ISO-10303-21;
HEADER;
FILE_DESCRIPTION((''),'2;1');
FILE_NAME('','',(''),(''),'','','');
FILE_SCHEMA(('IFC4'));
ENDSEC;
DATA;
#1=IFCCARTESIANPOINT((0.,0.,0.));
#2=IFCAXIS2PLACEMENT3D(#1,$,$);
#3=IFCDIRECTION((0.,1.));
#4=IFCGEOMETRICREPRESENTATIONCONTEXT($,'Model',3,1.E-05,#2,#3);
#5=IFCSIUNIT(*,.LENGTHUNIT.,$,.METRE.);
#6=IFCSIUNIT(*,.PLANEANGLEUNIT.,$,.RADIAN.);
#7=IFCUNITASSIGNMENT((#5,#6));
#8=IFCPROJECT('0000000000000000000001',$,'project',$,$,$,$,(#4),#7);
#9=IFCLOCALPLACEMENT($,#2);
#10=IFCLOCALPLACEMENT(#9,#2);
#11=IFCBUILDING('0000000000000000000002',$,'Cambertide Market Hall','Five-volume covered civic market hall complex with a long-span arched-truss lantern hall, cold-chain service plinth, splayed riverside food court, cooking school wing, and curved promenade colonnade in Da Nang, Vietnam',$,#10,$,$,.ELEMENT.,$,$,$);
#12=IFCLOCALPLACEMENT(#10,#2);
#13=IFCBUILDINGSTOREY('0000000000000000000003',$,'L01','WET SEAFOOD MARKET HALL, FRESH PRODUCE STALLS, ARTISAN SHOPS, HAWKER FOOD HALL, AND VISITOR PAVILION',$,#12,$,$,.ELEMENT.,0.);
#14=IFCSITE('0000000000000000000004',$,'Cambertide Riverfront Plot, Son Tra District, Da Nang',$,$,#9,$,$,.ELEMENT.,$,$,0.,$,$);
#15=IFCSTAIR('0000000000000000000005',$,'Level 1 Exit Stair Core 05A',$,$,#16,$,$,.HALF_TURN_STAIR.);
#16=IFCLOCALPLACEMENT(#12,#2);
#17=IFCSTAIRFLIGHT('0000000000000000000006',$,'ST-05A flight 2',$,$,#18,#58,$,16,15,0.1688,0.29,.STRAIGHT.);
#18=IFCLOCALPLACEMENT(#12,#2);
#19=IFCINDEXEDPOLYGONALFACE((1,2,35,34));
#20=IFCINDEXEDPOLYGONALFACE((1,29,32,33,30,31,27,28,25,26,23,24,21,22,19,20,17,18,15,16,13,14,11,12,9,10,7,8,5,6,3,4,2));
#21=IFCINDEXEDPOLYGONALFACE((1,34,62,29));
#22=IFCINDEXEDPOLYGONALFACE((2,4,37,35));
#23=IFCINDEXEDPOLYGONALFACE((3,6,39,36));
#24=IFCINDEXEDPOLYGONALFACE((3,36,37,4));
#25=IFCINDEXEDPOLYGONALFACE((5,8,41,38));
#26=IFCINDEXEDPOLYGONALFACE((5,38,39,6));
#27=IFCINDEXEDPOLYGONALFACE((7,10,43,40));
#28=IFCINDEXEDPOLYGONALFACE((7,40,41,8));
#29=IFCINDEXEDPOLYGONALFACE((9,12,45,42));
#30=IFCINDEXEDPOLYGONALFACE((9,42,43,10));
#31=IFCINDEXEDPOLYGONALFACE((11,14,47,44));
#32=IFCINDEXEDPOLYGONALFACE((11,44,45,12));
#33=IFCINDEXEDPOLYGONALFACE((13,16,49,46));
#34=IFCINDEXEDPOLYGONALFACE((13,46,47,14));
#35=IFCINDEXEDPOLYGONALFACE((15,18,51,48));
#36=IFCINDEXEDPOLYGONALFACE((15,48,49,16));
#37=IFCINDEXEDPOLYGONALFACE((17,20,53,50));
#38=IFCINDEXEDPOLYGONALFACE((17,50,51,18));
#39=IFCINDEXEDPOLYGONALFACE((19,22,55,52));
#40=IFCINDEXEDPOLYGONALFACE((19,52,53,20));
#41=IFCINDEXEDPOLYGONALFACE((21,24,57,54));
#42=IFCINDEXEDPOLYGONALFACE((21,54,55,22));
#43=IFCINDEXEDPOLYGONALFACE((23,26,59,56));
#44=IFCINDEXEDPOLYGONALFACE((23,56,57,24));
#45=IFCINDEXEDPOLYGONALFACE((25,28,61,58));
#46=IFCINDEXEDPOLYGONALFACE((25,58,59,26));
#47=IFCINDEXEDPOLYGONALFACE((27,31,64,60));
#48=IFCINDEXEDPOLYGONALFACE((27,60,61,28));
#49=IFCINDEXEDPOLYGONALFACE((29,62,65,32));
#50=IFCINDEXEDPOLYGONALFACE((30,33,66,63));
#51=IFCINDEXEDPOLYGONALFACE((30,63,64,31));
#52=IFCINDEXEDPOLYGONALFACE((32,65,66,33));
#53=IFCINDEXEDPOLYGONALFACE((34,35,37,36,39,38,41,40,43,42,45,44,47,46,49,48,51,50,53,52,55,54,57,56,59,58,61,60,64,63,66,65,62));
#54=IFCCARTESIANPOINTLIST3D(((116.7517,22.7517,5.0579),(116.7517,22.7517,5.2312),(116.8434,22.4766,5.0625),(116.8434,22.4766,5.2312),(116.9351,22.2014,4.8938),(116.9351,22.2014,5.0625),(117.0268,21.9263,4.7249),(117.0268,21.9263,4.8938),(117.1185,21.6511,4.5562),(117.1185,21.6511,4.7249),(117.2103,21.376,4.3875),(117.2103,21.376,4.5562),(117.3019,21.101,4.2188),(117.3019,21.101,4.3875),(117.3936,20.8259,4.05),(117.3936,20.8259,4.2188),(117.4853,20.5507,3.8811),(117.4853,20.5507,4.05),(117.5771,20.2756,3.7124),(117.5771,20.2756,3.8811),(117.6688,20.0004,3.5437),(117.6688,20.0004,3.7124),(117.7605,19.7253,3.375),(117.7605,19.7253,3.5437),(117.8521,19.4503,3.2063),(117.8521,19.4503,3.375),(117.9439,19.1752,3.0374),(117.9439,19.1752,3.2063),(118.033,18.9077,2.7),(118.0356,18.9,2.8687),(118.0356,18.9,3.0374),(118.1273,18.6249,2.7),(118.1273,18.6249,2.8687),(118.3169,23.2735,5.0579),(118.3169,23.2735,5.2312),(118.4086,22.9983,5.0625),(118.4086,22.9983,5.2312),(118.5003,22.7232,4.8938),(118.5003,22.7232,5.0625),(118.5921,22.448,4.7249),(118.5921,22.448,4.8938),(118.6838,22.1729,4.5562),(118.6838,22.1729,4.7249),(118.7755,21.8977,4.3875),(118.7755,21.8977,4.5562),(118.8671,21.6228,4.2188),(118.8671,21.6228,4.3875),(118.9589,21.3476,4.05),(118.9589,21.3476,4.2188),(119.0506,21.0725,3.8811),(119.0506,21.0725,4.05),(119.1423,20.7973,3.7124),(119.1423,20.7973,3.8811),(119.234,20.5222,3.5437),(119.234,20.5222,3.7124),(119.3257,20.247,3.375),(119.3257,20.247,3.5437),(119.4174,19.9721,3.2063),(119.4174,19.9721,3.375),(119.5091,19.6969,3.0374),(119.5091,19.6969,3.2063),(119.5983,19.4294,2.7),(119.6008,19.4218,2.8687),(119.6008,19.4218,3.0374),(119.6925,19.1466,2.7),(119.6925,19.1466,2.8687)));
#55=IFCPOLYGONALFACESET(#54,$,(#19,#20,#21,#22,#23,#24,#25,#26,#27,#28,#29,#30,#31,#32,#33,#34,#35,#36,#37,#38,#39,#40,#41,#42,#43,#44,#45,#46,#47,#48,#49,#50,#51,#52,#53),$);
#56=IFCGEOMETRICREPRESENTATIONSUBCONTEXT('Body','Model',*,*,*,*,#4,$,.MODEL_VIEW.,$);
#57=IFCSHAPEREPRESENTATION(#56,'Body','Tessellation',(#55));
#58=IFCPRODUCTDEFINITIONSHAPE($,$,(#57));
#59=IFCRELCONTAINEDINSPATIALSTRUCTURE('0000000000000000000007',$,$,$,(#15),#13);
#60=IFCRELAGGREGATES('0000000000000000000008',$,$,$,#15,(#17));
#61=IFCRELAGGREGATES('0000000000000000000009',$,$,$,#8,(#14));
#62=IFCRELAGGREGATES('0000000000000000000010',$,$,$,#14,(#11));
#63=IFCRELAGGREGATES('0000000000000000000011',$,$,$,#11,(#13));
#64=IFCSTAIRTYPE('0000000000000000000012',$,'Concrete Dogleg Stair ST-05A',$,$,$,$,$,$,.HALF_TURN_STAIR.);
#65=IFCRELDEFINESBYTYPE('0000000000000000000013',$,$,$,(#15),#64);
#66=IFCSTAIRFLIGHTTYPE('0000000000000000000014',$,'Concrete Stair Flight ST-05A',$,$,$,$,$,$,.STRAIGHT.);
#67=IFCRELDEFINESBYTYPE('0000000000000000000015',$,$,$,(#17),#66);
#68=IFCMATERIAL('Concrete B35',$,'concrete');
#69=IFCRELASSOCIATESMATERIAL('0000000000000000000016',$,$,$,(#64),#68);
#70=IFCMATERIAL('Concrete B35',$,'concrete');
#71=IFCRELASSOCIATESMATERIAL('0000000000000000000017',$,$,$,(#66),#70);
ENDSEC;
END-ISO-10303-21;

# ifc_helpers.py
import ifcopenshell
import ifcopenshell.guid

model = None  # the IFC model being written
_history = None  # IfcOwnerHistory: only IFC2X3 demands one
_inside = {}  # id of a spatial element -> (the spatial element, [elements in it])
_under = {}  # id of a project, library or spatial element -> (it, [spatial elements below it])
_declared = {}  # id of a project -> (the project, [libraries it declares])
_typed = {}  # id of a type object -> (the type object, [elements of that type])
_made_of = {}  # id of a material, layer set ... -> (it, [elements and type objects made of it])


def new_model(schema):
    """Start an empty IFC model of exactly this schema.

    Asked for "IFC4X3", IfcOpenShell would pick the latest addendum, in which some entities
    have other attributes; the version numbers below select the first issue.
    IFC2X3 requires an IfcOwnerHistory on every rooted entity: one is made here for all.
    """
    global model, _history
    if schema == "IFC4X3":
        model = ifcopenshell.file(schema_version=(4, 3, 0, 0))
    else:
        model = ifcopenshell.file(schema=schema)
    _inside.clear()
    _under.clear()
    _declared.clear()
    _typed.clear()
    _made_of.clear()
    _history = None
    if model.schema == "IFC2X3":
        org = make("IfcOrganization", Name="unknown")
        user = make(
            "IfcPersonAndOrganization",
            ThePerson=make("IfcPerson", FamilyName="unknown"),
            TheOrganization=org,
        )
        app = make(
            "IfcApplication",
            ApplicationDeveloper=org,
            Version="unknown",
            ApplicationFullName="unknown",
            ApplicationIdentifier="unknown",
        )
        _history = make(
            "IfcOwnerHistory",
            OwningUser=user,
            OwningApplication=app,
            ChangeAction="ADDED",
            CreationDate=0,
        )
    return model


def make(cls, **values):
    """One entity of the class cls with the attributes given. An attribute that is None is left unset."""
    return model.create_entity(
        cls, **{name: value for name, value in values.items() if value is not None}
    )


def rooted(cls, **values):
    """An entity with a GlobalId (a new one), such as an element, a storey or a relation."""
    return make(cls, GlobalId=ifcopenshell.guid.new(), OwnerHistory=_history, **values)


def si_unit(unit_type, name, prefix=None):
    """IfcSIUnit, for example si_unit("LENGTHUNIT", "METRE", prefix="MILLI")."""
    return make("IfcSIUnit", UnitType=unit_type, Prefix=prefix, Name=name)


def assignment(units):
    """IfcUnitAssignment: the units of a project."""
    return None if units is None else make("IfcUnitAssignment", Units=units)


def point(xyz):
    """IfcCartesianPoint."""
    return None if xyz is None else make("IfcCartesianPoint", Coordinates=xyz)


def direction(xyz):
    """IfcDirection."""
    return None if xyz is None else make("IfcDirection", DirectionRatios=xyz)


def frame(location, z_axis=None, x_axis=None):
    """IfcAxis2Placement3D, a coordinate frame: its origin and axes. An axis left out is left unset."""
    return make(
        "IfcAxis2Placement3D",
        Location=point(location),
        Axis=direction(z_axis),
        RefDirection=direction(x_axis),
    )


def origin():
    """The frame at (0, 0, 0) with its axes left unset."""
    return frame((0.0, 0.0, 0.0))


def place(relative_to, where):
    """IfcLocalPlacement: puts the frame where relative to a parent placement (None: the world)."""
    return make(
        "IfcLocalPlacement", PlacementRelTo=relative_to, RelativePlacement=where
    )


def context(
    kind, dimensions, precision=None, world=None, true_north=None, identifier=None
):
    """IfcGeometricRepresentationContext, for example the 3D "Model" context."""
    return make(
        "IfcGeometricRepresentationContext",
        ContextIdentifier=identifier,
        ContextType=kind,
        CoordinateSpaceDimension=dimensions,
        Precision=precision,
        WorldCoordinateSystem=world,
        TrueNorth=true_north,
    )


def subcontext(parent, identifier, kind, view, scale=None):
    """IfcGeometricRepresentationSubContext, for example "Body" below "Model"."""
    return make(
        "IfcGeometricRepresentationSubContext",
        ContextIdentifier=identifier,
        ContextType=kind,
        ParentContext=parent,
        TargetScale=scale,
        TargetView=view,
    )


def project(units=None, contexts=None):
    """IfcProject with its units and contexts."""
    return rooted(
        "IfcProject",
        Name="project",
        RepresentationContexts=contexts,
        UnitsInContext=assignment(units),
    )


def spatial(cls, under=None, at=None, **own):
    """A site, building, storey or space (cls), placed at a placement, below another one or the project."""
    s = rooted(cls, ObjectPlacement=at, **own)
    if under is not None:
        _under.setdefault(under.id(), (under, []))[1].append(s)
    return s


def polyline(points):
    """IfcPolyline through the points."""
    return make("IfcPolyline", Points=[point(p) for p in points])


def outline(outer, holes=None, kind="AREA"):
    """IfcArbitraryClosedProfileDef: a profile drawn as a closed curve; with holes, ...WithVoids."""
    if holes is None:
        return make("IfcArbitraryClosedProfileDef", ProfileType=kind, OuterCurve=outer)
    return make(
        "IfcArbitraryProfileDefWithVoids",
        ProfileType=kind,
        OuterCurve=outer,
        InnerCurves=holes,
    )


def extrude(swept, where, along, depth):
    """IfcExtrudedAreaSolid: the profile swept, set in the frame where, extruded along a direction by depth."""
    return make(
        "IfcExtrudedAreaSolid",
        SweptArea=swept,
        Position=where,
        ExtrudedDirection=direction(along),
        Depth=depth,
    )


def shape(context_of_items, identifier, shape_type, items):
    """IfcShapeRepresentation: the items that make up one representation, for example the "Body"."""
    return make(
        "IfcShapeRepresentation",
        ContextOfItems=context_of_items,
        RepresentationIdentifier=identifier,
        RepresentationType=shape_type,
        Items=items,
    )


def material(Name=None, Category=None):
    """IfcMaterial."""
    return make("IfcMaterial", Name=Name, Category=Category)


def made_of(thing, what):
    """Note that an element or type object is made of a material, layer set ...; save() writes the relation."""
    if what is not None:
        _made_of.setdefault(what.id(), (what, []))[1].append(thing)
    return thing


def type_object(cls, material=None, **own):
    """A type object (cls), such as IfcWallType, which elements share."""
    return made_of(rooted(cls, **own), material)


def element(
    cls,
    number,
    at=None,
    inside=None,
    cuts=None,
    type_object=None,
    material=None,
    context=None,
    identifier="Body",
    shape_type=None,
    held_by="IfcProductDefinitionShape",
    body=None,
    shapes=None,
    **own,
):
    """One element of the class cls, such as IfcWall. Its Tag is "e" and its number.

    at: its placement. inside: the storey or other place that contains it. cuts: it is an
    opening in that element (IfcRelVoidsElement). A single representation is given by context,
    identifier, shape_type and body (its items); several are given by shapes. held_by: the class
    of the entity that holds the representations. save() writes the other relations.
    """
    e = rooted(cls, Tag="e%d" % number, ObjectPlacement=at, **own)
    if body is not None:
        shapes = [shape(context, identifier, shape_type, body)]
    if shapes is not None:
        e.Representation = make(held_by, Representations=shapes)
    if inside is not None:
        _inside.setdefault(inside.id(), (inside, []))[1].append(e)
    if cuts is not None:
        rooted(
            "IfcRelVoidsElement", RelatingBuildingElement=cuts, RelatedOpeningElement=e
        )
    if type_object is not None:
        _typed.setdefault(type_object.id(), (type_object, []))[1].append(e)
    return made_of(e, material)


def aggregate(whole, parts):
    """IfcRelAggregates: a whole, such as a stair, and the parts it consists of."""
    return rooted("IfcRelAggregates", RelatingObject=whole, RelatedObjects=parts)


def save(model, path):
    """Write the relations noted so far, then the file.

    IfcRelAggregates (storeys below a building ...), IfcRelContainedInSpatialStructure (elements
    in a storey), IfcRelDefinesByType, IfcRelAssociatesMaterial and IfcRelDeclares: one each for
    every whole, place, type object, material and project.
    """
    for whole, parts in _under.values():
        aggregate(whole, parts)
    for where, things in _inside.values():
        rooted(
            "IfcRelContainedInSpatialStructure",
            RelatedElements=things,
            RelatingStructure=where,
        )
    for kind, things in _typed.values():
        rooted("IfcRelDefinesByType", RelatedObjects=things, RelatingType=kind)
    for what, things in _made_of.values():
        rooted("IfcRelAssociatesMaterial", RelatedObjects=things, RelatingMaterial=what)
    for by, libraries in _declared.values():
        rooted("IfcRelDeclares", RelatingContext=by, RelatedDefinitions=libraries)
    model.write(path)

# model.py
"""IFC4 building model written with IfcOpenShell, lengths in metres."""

from ifc_helpers import new_model, si_unit, direction, frame, origin, place, context, subcontext, project, spatial, polyline, outline, extrude, material, type_object, element, aggregate, save


model = new_model("IFC4")

# Units and contexts
model_context = context("Model", 3, precision=1e-05, world=origin(), true_north=direction((0.0, 1.0)))
body_context = subcontext(model_context, "Body", "Model", "MODEL_VIEW")
ifc_project = project(units=[si_unit("LENGTHUNIT", "METRE"), si_unit("PLANEANGLEUNIT", "RADIAN")], contexts=[model_context])

# Site, building, storey
site_placement = place(None, origin())
site = spatial("IfcSite", under=ifc_project, at=site_placement, Name="Cambertide Riverfront Plot, Son Tra District, Da Nang", CompositionType="ELEMENT", RefElevation=0.0)
building_placement = place(site_placement, origin())
building = spatial("IfcBuilding", under=site, at=building_placement, Name="Cambertide Market Hall", Description="Five-volume covered civic market hall complex with a long-span arched-truss lantern hall, cold-chain service plinth, splayed riverside food court, cooking school wing, and curved promenade colonnade in Da Nang, Vietnam", CompositionType="ELEMENT")
storey_placement = place(building_placement, origin())
storey = spatial("IfcBuildingStorey", under=building, at=storey_placement, Name="L01", Description="WET SEAFOOD MARKET HALL, FRESH PRODUCE STALLS, ARTISAN SHOPS, HAWKER FOOD HALL, AND VISITOR PAVILION", CompositionType="ELEMENT", Elevation=0.0)

# Stair, stair flight
ifc_material_1 = material(Name="Concrete B35", Category="concrete")
stair_type = type_object("IfcStairType", Name="Concrete Dogleg Stair ST-05A", PredefinedType="HALF_TURN_STAIR", material=ifc_material_1)
stair_placement = place(storey_placement, origin())
stair = element("IfcStair", 1, at=stair_placement, inside=storey, type_object=stair_type, Name="Level 1 Exit Stair Core 05A", PredefinedType="HALF_TURN_STAIR")
ifc_material_2 = material(Name="Concrete B35", Category="concrete")
stair_flight_type = type_object("IfcStairFlightType", Name="Concrete Stair Flight ST-05A", PredefinedType="STRAIGHT", material=ifc_material_2)
stair_flight_1_placement = place(storey_placement, frame((118.9099, 18.8857, 2.7), z_axis=(0.0, 0.0, 1.0), x_axis=(-0.316228, 0.948683, 0.0)))
stair_flight_1 = element("IfcStairFlight", 2, at=stair_flight_1_placement, type_object=stair_flight_type, Name="ST-05A flight 2", NumberOfRisers=16, NumberOfTreads=15, PredefinedType="STRAIGHT", RiserHeight=0.1688, TreadLength=0.29, context=body_context, shape_type="SweptSolid", body=[
    extrude(outline(polyline([(0.0, 0.0), (0.0, 0.1687), (0.29, 0.1687), (0.29, 0.3374), (0.5801, 0.3374), (0.5801, 0.5063), (0.8701, 0.5063), (0.8701, 0.675), (1.1599, 0.675), (1.1599, 0.8438), (1.45, 0.8438), (1.45, 1.0125), (1.74, 1.0125), (1.74, 1.1812), (2.03, 1.1812), (2.03, 1.3501), (2.3201, 1.3501), (2.3201, 1.5188), (2.6101, 1.5188), (2.6101, 1.6875), (2.8999, 1.6875), (2.8999, 1.8562), (3.1899, 1.8562), (3.1899, 2.0249), (3.48, 2.0249), (3.48, 2.1938), (3.77, 2.1938), (3.77, 2.3625), (4.0601, 2.3625), (4.0601, 2.5312), (4.3501, 2.5312), (4.3501, 2.7), (4.3501, 2.3579), (0.2981, 0.0), (0.0, 0.0)])), frame((0.0, 0.825, 0.0), z_axis=(0.0, -1.0, 0.0), x_axis=(1.0, 0.0, 0.0)), (0.0, 0.0, 1.0), 1.6499),
])
aggregate(stair, [stair_flight_1])

save(model, "model.ifc")
